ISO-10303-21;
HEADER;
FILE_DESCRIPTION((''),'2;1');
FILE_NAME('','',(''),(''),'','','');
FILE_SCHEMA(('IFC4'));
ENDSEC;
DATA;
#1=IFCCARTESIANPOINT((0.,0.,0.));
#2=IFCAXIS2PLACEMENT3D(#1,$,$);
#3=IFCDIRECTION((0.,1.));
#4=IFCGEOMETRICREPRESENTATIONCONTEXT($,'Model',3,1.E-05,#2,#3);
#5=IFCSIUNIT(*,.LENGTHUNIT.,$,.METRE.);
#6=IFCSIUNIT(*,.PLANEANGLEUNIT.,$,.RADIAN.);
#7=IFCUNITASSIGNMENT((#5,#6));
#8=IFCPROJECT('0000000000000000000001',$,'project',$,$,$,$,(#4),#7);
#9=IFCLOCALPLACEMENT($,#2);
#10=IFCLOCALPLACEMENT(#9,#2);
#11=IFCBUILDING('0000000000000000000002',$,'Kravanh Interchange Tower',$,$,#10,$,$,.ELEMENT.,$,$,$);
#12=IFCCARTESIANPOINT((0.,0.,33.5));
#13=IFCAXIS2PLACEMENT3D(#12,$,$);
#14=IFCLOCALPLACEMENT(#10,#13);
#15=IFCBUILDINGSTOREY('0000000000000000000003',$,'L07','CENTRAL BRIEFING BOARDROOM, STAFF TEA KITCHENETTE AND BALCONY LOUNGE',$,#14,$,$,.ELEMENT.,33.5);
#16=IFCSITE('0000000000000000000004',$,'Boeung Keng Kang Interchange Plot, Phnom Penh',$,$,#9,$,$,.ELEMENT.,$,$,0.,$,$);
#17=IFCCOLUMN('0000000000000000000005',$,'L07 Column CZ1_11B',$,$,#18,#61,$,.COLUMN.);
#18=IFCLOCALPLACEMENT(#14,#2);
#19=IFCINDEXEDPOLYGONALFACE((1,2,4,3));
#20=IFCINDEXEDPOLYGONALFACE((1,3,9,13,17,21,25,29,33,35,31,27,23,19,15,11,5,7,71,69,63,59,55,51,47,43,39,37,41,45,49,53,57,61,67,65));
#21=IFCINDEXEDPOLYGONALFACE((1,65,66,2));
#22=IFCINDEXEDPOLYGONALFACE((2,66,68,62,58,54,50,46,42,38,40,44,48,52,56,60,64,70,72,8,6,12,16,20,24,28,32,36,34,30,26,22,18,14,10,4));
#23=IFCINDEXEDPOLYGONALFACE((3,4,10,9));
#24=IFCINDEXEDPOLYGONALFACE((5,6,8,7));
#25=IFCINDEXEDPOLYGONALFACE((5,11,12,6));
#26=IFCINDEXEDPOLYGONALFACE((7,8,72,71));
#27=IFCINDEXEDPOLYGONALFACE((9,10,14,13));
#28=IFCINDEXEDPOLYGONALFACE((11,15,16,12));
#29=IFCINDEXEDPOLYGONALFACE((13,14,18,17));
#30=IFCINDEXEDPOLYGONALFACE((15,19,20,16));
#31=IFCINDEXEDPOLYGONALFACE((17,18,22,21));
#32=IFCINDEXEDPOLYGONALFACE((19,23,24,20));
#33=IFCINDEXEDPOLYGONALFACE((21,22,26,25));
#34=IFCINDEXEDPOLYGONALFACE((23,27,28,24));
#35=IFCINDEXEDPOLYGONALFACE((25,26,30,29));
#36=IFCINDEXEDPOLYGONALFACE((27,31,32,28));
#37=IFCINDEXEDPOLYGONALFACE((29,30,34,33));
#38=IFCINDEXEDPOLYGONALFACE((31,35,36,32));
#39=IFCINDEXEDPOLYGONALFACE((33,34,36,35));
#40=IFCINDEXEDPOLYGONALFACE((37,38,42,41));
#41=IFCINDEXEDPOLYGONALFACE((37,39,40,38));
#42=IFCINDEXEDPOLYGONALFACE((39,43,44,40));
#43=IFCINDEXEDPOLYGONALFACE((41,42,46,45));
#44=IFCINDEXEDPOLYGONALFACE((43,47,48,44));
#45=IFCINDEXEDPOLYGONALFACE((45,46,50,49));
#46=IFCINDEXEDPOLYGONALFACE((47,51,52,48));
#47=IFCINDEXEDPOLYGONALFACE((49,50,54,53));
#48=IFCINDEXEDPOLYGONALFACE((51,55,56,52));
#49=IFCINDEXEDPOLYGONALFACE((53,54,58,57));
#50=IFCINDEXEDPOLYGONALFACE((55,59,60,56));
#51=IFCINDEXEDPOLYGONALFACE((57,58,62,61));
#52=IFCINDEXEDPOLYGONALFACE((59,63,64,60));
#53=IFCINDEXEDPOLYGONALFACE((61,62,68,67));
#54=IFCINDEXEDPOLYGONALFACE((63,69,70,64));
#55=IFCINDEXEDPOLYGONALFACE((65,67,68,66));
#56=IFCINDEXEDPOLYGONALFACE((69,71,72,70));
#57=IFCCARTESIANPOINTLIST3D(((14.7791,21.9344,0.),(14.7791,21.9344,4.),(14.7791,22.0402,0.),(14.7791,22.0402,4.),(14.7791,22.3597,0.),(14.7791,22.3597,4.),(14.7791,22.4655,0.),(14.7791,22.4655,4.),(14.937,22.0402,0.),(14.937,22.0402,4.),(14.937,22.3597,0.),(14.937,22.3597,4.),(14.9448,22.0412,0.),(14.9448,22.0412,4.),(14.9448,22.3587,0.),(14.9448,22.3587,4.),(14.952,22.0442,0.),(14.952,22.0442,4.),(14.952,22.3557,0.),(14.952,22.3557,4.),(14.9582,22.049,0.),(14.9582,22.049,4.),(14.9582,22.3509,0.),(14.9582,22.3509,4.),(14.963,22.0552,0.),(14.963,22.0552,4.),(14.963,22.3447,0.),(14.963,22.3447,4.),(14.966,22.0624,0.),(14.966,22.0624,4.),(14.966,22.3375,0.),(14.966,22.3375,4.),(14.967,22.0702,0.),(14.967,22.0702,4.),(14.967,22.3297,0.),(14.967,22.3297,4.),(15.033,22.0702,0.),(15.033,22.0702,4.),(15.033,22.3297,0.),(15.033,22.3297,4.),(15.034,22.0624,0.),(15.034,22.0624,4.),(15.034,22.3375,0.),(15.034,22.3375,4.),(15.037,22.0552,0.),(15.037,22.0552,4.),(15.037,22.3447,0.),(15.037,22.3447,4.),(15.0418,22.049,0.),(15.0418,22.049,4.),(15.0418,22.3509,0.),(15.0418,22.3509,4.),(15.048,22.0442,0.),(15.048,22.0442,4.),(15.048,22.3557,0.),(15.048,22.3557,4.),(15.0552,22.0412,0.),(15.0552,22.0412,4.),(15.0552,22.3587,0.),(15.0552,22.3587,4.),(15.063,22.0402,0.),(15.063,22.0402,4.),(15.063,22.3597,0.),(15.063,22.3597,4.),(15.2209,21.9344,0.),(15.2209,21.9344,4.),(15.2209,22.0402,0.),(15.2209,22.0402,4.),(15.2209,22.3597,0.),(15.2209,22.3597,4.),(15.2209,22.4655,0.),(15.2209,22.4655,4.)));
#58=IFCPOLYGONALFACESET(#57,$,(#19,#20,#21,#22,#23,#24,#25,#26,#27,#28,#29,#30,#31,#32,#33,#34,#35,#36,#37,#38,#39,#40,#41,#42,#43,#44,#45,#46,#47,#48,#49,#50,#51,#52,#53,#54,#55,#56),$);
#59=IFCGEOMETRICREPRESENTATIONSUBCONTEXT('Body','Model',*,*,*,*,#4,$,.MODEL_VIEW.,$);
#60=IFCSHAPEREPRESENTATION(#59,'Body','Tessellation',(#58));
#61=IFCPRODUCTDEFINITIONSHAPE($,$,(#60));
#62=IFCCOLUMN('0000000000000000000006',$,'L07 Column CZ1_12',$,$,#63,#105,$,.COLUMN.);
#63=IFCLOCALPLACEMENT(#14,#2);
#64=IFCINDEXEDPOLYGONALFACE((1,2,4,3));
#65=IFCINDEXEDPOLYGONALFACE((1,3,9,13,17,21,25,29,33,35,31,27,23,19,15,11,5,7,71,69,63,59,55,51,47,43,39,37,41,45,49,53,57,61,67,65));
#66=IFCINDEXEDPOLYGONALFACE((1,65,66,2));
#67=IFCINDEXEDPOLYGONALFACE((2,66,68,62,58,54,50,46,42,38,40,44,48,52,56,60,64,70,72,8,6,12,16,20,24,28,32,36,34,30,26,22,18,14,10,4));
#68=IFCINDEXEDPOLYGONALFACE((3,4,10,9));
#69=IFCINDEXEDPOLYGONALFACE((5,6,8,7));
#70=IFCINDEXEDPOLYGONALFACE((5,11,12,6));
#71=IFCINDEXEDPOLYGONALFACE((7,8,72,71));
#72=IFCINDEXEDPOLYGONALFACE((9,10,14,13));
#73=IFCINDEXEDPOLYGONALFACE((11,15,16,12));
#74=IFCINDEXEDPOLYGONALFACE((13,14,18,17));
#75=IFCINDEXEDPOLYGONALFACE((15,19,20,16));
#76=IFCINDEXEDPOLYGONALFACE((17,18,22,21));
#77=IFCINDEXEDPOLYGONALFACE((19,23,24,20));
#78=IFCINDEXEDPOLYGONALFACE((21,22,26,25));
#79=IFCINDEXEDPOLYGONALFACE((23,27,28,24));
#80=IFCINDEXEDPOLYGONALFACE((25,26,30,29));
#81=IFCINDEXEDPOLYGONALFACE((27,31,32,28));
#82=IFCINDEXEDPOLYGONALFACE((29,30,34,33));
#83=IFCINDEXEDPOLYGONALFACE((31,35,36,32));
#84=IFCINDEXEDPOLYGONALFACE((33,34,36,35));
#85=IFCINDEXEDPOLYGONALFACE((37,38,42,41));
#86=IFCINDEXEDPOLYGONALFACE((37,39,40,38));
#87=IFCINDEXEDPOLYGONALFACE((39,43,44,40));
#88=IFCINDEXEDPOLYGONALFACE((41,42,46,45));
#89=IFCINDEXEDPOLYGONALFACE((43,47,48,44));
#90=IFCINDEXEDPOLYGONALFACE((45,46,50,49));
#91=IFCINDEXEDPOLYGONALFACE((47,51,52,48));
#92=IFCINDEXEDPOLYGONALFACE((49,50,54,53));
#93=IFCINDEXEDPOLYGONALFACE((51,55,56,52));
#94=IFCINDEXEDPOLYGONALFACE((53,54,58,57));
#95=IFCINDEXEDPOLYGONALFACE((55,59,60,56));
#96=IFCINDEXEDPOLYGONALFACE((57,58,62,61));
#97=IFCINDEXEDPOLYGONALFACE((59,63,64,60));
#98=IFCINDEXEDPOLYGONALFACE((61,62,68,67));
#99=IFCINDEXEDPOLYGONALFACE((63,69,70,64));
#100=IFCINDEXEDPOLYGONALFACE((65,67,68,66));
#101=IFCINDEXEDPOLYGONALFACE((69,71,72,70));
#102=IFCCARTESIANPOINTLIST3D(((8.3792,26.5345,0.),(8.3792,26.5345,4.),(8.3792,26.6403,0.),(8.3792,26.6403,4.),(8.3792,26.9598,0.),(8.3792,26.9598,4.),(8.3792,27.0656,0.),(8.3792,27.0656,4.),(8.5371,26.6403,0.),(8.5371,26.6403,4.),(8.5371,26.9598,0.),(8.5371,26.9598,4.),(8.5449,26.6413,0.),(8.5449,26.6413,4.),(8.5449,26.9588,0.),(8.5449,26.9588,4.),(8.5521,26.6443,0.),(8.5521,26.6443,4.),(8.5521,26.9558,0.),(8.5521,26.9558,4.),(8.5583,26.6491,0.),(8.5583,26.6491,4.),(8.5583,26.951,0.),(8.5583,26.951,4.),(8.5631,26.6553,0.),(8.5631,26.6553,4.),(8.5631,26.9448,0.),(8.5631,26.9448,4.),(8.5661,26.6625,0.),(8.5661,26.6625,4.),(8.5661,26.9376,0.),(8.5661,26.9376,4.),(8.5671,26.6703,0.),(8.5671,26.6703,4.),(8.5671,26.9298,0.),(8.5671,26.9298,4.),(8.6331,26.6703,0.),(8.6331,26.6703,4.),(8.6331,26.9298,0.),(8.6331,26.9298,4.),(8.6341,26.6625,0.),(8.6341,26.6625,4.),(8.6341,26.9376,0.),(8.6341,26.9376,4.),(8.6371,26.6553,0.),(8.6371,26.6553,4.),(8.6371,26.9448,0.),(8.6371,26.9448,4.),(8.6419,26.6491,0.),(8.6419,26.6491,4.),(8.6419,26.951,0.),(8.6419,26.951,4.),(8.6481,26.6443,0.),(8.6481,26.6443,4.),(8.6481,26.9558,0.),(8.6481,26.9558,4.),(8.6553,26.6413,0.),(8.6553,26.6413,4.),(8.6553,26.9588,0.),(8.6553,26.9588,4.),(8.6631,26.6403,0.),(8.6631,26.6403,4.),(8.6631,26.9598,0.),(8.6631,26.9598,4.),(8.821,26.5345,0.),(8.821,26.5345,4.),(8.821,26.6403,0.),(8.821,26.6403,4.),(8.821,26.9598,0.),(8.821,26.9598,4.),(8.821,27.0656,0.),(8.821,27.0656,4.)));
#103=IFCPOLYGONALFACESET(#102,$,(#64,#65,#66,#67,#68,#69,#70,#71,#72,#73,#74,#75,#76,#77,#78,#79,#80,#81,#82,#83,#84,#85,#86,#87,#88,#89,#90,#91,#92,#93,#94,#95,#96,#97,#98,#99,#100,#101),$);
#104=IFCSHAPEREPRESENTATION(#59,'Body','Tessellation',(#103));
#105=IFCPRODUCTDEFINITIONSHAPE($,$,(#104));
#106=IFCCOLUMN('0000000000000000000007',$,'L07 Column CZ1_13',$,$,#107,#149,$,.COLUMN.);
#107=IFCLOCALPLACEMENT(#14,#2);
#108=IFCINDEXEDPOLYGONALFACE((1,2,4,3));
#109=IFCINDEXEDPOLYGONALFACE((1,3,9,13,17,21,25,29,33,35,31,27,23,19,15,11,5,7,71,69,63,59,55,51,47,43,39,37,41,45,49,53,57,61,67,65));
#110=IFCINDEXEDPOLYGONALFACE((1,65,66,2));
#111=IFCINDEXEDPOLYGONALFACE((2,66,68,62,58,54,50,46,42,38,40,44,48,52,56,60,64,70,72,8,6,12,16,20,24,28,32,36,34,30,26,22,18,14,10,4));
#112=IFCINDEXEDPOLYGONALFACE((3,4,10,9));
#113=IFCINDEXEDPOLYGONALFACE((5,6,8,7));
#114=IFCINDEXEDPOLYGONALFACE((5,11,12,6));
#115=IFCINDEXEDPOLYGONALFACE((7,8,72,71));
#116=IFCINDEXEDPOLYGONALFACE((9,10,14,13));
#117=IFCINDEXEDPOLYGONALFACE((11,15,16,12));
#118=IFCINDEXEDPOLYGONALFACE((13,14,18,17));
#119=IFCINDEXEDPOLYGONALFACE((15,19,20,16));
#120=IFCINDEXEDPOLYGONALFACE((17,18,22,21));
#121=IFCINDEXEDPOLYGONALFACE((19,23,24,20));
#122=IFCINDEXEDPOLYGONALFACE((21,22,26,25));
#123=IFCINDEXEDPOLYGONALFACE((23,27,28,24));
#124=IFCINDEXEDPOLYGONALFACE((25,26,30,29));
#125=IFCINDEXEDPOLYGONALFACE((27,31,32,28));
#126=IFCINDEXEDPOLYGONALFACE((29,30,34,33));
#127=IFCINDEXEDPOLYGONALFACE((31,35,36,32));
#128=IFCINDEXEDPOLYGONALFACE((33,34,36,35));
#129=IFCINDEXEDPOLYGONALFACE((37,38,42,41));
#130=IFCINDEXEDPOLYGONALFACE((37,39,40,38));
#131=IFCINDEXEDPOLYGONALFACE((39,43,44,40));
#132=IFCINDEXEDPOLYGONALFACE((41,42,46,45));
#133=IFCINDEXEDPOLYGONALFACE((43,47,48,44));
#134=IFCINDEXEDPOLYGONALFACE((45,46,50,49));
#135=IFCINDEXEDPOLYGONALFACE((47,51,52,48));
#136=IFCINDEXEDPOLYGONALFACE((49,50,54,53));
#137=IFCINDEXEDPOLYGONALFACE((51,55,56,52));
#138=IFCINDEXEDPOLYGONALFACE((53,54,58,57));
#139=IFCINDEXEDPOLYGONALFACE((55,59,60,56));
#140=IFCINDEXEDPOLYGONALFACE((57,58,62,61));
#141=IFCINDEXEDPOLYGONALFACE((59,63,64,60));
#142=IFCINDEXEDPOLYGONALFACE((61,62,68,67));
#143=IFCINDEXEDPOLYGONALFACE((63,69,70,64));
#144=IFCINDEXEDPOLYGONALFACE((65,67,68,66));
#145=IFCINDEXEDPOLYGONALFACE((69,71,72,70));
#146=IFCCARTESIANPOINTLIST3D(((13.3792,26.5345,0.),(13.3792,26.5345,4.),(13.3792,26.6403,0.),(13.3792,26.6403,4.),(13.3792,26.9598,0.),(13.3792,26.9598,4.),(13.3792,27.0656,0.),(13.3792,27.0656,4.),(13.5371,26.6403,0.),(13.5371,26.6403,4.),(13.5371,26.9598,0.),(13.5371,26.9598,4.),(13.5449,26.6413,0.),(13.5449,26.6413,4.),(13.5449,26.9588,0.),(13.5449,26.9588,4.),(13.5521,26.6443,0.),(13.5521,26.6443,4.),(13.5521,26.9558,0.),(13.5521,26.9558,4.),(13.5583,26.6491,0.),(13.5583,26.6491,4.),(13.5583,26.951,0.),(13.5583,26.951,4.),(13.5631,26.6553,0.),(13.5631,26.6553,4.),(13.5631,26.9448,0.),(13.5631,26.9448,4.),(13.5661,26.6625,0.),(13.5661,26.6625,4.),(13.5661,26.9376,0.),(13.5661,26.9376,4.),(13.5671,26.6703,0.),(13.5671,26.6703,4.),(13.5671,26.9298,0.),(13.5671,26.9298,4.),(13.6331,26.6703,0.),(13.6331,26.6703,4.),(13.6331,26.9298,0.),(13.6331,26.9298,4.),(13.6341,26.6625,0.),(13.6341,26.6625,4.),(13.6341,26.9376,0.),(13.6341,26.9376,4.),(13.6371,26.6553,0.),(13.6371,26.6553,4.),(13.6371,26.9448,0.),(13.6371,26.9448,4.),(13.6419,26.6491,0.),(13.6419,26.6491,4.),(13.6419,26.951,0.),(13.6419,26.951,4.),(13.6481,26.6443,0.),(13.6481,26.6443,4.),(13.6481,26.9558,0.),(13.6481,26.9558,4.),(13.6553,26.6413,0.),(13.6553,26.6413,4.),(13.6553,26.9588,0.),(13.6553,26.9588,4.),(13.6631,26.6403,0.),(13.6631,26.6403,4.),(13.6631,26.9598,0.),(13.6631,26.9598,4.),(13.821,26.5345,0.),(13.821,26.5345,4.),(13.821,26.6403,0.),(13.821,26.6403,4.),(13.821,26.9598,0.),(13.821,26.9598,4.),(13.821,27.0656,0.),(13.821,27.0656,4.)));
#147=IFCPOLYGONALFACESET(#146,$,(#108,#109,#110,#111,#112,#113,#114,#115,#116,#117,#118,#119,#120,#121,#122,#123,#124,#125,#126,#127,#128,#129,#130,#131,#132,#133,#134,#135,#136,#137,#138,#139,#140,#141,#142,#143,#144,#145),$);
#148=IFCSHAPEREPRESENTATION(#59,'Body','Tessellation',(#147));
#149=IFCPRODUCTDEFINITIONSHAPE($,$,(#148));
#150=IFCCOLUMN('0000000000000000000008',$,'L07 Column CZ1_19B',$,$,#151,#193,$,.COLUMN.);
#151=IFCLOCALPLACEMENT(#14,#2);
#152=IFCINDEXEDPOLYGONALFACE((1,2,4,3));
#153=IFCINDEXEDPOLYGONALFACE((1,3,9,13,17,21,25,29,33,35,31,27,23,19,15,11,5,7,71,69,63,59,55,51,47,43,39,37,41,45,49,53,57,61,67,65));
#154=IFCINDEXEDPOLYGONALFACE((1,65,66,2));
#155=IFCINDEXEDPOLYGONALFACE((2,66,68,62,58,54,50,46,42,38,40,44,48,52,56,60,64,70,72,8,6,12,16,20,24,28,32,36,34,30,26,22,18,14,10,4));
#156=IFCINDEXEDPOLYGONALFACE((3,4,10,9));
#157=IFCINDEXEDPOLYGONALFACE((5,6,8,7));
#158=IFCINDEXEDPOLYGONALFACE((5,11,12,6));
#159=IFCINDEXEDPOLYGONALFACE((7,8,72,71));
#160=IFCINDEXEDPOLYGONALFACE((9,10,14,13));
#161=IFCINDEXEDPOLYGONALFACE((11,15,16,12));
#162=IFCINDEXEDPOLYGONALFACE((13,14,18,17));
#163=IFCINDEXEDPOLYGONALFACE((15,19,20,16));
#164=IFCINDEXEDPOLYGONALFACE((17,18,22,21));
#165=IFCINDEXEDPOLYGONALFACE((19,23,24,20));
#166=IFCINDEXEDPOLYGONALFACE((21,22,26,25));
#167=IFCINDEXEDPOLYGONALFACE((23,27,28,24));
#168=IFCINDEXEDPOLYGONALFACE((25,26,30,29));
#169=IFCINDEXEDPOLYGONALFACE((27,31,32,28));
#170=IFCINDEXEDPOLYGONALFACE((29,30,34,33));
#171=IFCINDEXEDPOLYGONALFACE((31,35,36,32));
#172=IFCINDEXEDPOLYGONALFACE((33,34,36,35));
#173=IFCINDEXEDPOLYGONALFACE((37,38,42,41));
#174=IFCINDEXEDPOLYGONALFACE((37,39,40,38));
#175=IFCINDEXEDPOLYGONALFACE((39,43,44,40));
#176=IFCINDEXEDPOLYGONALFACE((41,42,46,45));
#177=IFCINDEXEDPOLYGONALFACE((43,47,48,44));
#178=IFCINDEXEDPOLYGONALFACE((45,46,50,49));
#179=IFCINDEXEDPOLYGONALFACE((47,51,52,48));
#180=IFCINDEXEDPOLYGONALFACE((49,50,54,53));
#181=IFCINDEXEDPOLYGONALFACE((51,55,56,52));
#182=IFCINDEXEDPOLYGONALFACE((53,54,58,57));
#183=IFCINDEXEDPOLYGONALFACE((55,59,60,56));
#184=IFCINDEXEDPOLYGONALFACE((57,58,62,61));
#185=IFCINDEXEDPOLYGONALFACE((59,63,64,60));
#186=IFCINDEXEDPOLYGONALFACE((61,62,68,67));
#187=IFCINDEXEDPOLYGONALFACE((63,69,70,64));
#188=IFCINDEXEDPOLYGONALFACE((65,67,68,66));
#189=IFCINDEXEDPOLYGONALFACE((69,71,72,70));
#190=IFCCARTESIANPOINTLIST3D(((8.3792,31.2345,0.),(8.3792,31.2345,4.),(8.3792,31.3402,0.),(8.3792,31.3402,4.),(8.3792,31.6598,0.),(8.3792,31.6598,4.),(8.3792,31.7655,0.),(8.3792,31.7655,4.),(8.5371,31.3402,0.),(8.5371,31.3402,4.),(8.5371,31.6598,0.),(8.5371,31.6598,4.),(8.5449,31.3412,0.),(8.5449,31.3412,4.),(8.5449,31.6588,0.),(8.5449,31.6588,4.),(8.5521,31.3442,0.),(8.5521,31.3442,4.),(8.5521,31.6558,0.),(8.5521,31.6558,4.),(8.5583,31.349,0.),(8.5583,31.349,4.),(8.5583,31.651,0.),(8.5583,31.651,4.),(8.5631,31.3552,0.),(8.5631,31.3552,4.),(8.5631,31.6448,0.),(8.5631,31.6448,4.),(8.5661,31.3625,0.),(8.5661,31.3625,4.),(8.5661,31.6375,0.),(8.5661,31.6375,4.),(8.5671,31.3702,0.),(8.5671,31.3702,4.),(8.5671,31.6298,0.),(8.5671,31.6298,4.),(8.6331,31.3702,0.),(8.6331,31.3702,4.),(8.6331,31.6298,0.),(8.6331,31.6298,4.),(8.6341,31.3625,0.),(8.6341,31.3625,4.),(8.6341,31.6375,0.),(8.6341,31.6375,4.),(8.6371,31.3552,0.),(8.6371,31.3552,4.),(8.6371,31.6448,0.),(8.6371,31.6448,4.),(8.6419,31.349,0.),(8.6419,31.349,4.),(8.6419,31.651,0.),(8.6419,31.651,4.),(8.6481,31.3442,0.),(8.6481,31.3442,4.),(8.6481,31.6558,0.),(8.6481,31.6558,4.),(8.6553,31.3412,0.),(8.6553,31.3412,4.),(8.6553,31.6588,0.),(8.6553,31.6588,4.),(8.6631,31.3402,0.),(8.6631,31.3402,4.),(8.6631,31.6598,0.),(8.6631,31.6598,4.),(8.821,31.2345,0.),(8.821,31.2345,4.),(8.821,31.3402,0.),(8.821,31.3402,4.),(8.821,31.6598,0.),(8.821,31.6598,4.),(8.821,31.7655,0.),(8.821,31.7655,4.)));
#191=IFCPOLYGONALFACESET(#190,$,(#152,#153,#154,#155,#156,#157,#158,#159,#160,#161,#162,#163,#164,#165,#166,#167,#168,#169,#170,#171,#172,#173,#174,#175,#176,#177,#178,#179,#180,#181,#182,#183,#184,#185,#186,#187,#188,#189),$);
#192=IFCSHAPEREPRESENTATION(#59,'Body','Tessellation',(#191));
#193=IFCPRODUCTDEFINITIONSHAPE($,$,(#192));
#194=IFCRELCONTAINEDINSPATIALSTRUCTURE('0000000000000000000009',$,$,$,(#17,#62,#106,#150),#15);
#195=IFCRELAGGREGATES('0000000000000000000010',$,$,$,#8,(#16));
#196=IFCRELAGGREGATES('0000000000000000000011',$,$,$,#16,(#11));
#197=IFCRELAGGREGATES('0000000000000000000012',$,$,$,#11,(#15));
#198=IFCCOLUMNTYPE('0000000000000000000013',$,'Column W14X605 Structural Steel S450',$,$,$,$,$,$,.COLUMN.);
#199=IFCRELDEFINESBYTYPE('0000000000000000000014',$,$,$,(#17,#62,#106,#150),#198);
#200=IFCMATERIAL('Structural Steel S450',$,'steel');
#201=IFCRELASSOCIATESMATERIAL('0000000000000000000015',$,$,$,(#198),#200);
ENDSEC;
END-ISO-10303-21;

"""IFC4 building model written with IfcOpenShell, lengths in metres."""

from ifc_helpers import new_model, si_unit, direction, frame, origin, origin_2d, place, context, subcontext, project, spatial, i_section, extrude, material, material_profile, profile_set, type_object, element, save


model = new_model("IFC4")

# Units and contexts
model_context = context("Model", 3, precision=1e-05, world=origin(), true_north=direction((0.0, 1.0)))
body_context = subcontext(model_context, "Body", "Model", "MODEL_VIEW")
ifc_project = project(units=[si_unit("LENGTHUNIT", "METRE"), si_unit("PLANEANGLEUNIT", "RADIAN")], contexts=[model_context])

# Site, building, storey
site_placement = place(None, origin())
site = spatial("IfcSite", under=ifc_project, at=site_placement, Name="Boeung Keng Kang Interchange Plot, Phnom Penh", CompositionType="ELEMENT", RefElevation=0.0)
building_placement = place(site_placement, origin())
building = spatial("IfcBuilding", under=site, at=building_placement, Name="Kravanh Interchange Tower", CompositionType="ELEMENT")
storey_placement = place(building_placement, frame((0.0, 0.0, 33.5)))
storey = spatial("IfcBuildingStorey", under=building, at=storey_placement, Name="L07", Description="CENTRAL BRIEFING BOARDROOM, STAFF TEA KITCHENETTE AND BALCONY LOUNGE", CompositionType="ELEMENT", Elevation=33.5)

# Columns
ifc_material_1 = material(Name="Structural Steel S450", Category="steel")
ifc_material_profile_1 = material_profile(ifc_material_1, i_section(OverallWidth=0.4419, OverallDepth=0.531, WebThickness=0.0659, FlangeThickness=0.1057, FilletRadius=0.03, at=origin_2d()), Name="W14X605")
ifc_profile_set_1 = profile_set([ifc_material_profile_1], Name="Structural Steel S450")
column_type = type_object("IfcColumnType", Name="Column W14X605 Structural Steel S450", PredefinedType="COLUMN", material=ifc_profile_set_1)
for number, where, z_axis, x_axis, name in (
    (1, (15.0, 22.2, 0.0), (0.0, 0.0, 1.0), (1.0, 0.0, 0.0), "L07 Column CZ1_11B"),
    (2, (8.6001, 26.8, 0.0), (0.0, 0.0, 1.0), (1.0, 0.0, 0.0), "L07 Column CZ1_12"),
    (3, (13.6001, 26.8, 0.0), (0.0, 0.0, 1.0), (1.0, 0.0, 0.0), "L07 Column CZ1_13"),
    (4, (8.6001, 31.5, 0.0), (0.0, 0.0, 1.0), (1.0, 0.0, 0.0), "L07 Column CZ1_19B"),
):
    element("IfcColumn", number, at=place(storey_placement, frame(where, z_axis=z_axis, x_axis=x_axis)), inside=storey, type_object=column_type, Name=name, PredefinedType="COLUMN", context=body_context, shape_type="SweptSolid", body=[
        extrude(i_section(OverallWidth=0.4419, OverallDepth=0.531, WebThickness=0.0659, FlangeThickness=0.1057, FilletRadius=0.03, at=origin_2d()), origin(), (0.0, 0.0, 1.0), 4.0),
    ])

save(model, "model.ifc")
